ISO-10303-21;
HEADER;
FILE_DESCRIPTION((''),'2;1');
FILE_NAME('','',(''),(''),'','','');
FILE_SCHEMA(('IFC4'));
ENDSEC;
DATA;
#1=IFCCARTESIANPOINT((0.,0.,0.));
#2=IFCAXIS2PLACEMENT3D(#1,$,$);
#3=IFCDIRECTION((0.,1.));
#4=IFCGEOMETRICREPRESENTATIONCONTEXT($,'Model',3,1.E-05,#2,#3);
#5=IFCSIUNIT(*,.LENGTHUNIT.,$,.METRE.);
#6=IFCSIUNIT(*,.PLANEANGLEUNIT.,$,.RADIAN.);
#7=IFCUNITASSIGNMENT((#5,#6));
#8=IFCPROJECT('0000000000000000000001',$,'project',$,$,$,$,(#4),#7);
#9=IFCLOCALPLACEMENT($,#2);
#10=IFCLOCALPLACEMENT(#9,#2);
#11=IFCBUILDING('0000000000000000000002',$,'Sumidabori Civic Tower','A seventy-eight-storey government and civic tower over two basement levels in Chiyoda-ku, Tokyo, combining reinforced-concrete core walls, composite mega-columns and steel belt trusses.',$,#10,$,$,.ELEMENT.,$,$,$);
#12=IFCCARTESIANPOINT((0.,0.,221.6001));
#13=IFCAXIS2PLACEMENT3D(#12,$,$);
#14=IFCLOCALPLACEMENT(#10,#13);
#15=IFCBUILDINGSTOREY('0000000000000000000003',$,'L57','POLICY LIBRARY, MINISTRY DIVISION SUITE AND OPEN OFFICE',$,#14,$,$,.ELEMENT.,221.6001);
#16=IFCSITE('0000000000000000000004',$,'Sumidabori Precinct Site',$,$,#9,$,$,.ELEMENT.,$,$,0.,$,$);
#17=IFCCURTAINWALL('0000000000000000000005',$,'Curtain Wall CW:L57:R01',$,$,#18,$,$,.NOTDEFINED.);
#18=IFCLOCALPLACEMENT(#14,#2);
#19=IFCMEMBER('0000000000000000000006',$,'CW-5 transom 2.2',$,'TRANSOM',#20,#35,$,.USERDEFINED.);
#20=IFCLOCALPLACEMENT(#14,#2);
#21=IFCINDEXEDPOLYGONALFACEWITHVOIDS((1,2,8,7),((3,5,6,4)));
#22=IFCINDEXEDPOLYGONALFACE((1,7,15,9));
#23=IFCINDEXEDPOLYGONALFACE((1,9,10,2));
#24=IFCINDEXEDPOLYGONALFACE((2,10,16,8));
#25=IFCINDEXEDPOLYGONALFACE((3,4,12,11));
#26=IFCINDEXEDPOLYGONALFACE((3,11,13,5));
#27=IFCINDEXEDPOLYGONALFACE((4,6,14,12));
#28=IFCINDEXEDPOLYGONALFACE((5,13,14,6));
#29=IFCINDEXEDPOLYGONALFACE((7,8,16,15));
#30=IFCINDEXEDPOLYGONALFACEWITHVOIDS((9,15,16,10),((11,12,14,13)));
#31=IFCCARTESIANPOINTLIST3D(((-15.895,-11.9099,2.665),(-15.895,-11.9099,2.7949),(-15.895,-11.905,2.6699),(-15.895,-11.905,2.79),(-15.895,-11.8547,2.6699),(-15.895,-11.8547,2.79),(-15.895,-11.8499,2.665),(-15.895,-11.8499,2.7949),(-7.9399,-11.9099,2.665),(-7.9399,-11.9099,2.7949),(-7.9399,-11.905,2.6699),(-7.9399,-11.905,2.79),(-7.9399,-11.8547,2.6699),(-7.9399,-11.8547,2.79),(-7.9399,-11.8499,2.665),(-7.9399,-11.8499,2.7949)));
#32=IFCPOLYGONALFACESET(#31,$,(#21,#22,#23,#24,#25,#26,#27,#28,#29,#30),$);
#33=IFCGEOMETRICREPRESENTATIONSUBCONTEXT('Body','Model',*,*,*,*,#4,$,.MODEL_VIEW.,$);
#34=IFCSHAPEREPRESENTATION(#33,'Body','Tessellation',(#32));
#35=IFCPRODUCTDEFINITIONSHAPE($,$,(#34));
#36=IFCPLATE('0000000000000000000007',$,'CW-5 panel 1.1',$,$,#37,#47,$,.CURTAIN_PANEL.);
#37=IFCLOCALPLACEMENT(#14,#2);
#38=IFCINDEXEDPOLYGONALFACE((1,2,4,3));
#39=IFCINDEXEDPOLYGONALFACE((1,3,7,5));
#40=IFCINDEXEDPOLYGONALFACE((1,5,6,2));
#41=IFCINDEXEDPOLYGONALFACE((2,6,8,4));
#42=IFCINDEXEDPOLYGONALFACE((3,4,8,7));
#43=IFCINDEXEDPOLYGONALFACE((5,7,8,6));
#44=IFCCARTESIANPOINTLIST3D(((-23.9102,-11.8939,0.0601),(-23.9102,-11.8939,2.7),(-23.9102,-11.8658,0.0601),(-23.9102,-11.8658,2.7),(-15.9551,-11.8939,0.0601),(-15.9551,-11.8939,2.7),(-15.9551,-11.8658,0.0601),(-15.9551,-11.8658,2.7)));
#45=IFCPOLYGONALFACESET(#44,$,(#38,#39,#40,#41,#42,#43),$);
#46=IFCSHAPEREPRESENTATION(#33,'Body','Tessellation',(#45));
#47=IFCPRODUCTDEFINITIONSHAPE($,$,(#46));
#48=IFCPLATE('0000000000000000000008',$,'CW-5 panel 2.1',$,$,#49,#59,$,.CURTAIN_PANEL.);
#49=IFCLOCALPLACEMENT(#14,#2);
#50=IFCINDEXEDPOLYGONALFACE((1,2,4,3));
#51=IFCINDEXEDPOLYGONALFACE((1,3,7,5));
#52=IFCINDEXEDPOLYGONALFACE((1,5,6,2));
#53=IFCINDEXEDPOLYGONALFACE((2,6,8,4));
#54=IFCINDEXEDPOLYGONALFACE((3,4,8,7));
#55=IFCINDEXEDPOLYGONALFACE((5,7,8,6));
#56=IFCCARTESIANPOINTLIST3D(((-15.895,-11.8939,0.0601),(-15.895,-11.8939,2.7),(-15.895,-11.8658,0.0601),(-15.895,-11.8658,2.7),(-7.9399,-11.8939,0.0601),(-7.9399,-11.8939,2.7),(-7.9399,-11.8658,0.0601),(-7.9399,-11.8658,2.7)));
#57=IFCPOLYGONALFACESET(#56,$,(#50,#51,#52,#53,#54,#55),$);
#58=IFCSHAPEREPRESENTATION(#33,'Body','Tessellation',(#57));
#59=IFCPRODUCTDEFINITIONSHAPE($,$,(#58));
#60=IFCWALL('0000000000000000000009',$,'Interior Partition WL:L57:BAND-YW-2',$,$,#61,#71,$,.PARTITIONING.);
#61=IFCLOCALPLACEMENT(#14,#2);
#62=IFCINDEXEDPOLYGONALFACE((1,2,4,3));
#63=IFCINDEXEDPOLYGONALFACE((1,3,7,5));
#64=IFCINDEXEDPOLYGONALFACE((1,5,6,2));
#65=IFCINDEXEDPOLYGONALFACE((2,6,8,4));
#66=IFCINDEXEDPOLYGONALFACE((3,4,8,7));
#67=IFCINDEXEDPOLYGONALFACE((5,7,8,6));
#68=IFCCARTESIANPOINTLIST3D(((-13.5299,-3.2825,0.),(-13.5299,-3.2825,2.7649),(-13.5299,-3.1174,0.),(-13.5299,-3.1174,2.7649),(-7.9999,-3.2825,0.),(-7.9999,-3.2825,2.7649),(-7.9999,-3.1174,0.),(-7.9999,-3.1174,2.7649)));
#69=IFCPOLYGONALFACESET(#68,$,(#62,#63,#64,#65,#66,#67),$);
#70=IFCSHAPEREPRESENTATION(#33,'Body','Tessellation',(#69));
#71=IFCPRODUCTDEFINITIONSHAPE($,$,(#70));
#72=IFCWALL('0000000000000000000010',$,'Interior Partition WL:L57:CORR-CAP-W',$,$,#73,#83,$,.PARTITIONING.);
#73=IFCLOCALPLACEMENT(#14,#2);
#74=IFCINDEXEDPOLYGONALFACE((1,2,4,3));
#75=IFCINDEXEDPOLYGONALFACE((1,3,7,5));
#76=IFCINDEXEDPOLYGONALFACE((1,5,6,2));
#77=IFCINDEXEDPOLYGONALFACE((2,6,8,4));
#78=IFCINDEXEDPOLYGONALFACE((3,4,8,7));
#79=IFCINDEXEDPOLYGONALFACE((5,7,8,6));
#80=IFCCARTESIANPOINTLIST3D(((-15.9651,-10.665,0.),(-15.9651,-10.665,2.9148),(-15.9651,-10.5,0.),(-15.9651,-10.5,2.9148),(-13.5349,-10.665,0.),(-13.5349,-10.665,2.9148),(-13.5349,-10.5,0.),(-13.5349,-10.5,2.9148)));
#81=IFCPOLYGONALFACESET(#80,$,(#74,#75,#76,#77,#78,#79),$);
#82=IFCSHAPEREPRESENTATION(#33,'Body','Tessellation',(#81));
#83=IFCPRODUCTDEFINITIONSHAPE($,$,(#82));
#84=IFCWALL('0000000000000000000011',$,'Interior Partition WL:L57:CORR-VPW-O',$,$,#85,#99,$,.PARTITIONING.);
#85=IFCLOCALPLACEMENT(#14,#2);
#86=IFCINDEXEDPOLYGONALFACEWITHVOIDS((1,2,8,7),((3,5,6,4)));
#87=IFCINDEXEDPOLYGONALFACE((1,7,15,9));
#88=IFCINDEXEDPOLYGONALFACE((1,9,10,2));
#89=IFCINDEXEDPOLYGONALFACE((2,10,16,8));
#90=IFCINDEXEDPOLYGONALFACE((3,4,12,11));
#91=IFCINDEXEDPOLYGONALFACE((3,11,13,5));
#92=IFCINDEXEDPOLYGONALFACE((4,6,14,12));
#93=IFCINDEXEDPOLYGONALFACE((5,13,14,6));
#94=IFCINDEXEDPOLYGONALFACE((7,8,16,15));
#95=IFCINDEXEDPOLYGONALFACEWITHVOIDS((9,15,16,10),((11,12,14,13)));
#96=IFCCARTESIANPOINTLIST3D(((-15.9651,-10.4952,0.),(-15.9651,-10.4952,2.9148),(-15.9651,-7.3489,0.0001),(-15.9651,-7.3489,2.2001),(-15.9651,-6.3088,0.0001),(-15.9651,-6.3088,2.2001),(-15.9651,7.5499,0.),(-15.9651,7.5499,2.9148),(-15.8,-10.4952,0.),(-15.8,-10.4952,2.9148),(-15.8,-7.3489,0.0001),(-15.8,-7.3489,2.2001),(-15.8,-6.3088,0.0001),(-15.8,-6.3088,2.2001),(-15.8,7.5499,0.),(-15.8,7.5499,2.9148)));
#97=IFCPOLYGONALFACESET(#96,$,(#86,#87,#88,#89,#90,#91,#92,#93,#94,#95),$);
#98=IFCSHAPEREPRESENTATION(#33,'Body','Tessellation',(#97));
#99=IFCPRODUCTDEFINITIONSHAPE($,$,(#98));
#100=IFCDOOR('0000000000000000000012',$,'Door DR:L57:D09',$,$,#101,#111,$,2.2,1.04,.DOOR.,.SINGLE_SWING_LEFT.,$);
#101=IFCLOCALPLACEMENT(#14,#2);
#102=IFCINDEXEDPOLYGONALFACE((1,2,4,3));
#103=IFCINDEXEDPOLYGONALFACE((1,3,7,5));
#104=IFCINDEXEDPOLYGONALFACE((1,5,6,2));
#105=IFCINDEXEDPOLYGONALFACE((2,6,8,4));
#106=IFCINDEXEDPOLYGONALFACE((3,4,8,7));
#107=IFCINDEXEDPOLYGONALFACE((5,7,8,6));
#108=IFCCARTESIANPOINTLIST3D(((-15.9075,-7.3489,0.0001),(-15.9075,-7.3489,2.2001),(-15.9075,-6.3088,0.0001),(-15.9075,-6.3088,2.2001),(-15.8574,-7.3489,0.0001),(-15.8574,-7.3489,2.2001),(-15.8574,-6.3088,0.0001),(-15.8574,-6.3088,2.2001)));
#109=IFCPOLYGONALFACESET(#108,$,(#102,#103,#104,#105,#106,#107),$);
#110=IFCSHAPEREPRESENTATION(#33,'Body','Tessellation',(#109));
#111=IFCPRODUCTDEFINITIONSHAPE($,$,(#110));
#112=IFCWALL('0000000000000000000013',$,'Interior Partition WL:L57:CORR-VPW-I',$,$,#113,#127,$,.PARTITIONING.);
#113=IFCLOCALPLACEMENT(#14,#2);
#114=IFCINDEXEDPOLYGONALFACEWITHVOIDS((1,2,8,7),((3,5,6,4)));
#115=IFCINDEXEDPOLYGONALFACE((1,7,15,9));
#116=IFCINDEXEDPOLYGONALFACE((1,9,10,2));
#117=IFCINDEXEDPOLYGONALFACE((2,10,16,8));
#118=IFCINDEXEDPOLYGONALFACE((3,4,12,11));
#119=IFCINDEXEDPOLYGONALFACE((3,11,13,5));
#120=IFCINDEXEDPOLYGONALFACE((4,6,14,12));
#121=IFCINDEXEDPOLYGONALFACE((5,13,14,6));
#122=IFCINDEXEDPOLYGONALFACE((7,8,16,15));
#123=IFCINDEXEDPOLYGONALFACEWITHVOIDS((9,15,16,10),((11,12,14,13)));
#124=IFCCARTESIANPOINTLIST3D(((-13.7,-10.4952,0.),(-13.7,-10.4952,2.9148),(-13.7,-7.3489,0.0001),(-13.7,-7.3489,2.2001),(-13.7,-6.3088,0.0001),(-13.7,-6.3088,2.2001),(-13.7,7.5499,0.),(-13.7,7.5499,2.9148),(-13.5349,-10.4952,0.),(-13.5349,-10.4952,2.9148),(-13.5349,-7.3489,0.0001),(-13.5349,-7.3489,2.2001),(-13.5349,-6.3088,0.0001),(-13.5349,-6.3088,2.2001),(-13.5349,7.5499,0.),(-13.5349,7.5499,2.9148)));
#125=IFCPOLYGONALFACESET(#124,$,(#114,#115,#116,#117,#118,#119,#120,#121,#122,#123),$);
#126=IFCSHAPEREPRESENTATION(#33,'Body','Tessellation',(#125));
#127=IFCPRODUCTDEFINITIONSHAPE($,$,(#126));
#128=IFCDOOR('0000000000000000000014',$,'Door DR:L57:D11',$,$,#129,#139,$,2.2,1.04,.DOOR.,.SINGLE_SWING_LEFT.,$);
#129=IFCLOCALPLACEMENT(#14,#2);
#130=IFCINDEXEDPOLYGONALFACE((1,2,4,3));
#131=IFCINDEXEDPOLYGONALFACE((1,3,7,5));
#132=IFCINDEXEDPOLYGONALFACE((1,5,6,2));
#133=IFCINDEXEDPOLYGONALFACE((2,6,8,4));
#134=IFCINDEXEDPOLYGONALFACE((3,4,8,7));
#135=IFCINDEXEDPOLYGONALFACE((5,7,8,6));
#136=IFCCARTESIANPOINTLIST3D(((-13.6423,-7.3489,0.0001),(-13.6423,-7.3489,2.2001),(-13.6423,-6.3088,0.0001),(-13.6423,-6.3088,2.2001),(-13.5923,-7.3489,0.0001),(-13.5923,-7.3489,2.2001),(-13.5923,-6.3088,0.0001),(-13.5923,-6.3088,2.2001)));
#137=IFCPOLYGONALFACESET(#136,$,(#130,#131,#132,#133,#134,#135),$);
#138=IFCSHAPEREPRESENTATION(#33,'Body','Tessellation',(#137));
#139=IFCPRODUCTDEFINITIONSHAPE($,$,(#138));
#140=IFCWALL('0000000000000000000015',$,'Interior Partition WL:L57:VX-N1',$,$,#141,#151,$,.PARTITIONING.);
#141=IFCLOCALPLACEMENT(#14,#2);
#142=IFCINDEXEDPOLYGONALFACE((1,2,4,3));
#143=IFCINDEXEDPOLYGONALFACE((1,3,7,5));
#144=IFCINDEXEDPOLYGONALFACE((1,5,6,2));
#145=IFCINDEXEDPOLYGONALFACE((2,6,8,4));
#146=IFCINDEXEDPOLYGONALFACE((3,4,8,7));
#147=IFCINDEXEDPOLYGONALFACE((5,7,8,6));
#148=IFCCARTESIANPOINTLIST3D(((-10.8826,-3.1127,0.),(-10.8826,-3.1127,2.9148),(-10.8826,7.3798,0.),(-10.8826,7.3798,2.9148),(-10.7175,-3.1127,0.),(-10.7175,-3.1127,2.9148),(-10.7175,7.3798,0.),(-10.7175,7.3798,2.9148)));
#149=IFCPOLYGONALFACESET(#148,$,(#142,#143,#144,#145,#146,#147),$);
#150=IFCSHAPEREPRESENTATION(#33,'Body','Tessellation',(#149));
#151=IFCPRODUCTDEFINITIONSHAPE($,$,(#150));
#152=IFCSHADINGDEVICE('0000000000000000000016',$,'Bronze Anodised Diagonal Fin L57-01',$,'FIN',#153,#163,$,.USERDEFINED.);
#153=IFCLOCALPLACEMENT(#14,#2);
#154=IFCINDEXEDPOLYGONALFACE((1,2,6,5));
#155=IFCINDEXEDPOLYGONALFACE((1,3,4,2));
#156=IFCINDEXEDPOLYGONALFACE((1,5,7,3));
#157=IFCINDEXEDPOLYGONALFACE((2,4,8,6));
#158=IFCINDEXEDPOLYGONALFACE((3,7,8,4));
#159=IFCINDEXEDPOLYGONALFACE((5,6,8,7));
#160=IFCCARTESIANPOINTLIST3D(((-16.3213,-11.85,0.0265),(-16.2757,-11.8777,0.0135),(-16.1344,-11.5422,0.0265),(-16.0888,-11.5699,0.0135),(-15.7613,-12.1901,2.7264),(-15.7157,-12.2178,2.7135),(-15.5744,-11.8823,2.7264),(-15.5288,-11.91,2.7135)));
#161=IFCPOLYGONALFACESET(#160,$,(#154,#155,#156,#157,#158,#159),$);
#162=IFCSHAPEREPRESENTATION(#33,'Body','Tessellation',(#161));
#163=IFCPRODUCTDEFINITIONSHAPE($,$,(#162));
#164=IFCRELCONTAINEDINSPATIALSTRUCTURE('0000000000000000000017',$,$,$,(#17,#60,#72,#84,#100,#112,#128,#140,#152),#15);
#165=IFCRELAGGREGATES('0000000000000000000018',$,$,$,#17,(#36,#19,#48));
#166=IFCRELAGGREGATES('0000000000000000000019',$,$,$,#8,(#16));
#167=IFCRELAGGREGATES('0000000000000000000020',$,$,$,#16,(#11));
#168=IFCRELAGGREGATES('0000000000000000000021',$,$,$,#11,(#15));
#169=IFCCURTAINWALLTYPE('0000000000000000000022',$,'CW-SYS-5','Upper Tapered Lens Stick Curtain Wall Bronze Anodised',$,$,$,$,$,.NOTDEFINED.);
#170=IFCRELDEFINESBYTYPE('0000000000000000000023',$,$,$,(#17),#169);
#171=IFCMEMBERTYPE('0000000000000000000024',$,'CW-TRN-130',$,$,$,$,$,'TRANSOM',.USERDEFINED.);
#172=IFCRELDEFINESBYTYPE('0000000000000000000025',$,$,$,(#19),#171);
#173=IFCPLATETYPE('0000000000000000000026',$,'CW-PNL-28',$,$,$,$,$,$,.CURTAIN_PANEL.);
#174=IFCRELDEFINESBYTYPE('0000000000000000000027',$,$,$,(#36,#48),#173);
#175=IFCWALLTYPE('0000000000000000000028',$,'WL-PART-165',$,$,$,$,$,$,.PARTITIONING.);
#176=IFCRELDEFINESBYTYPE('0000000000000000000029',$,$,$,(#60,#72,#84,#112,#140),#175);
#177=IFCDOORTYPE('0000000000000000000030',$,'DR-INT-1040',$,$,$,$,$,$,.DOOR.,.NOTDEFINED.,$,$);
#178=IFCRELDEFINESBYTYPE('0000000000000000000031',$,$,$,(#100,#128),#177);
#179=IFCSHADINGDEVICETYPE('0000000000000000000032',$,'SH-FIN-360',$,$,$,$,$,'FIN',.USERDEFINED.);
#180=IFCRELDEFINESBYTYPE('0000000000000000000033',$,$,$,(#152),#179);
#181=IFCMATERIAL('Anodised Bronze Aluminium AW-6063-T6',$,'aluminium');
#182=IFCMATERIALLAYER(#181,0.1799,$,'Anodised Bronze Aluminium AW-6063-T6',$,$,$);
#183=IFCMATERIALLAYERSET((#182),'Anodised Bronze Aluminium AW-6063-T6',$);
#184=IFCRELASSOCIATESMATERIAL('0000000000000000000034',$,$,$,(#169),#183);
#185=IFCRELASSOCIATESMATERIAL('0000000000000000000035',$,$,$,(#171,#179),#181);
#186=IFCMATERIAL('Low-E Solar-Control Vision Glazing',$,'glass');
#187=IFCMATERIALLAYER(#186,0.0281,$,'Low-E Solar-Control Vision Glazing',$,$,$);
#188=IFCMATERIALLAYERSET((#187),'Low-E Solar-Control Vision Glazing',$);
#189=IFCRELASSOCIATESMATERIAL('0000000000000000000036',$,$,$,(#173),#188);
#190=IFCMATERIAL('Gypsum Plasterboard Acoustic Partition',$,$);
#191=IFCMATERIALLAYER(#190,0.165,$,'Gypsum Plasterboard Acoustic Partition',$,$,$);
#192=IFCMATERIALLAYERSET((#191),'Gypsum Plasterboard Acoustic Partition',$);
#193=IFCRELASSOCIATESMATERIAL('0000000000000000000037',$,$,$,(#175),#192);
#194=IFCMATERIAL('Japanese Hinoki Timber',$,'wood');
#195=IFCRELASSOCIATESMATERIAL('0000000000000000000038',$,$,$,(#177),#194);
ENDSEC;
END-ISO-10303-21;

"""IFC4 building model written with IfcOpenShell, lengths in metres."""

from ifc_helpers import new_model, si_unit, direction, frame, frame_2d, origin, origin_2d, place, context, subcontext, project, spatial, rectangle, hollow_rectangle, extrude, source, transform, mapped, material, layer, layer_set, material_profile, profile_set, type_object, element, fill, aggregate, save


model = new_model("IFC4")

# Units and contexts
model_context = context("Model", 3, precision=1e-05, world=origin(), true_north=direction((0.0, 1.0)))
body_context = subcontext(model_context, "Body", "Model", "MODEL_VIEW")
ifc_project = project(units=[si_unit("LENGTHUNIT", "METRE"), si_unit("PLANEANGLEUNIT", "RADIAN")], contexts=[model_context])

# Site, building, storey
site_placement = place(None, origin())
site = spatial("IfcSite", under=ifc_project, at=site_placement, Name="Sumidabori Precinct Site", CompositionType="ELEMENT", RefElevation=0.0)
building_placement = place(site_placement, origin())
building = spatial("IfcBuilding", under=site, at=building_placement, Name="Sumidabori Civic Tower", Description="A seventy-eight-storey government and civic tower over two basement levels in Chiyoda-ku, Tokyo, combining reinforced-concrete core walls, composite mega-columns and steel belt trusses.", CompositionType="ELEMENT")
storey_placement = place(building_placement, frame((0.0, 0.0, 221.6001)))
storey = spatial("IfcBuildingStorey", under=building, at=storey_placement, Name="L57", Description="POLICY LIBRARY, MINISTRY DIVISION SUITE AND OPEN OFFICE", CompositionType="ELEMENT", Elevation=221.6001)

# Curtain wall, member, plates
ifc_material_1 = material(Name="Anodised Bronze Aluminium AW-6063-T6", Category="aluminium")
ifc_layer_1 = layer(ifc_material_1, 0.1799, Name="Anodised Bronze Aluminium AW-6063-T6")
ifc_layer_set_1 = layer_set([ifc_layer_1], Name="Anodised Bronze Aluminium AW-6063-T6")
curtain_wall_type = type_object("IfcCurtainWallType", Name="CW-SYS-5", Description="Upper Tapered Lens Stick Curtain Wall Bronze Anodised", PredefinedType="NOTDEFINED", material=ifc_layer_set_1)
curtain_wall_placement = place(storey_placement, origin())
curtain_wall = element("IfcCurtainWall", 1, at=curtain_wall_placement, inside=storey, type_object=curtain_wall_type, Name="Curtain Wall CW:L57:R01", PredefinedType="NOTDEFINED")
ifc_material_profile_1 = material_profile(ifc_material_1, hollow_rectangle(XDim=0.0601, YDim=0.1299, WallThickness=0.0049, at=origin_2d()), Name="ALU TRANSOM 130x60")
ifc_profile_set_1 = profile_set([ifc_material_profile_1], Name="Anodised Bronze Aluminium AW-6063-T6")
member_type_1 = type_object("IfcMemberType", Name="CW-TRN-130", ElementType="TRANSOM", PredefinedType="USERDEFINED", material=ifc_profile_set_1)
shared_shape_1 = source(origin(), body_context, "Body", "SweptSolid", [
    extrude(hollow_rectangle(XDim=0.0601, YDim=0.1299, WallThickness=0.0049, at=origin_2d()), origin(), (0.0, 0.0, 1.0), 7.9551),
])
member_1_placement = place(storey_placement, frame((-15.895, -11.8799, 2.73), z_axis=(1.0, 0.0, 0.0), x_axis=(0.0, 1.0, 0.0)))
member_1 = element("IfcMember", 2, at=member_1_placement, type_object=member_type_1, Name="CW-5 transom 2.2", ObjectType="TRANSOM", PredefinedType="USERDEFINED", context=body_context, shape_type="MappedRepresentation", body=[
    mapped(shared_shape_1, transform((0.0, 0.0, 0.0), x_axis=(1.0, 0.0, 0.0), y_axis=(0.0, 1.0, 0.0), z_axis=(0.0, 0.0, 1.0), scale=1.0)),
])
ifc_material_2 = material(Name="Low-E Solar-Control Vision Glazing", Category="glass")
ifc_layer_2 = layer(ifc_material_2, 0.0281, Name="Low-E Solar-Control Vision Glazing")
ifc_layer_set_2 = layer_set([ifc_layer_2], Name="Low-E Solar-Control Vision Glazing")
plate_type = type_object("IfcPlateType", Name="CW-PNL-28", PredefinedType="CURTAIN_PANEL", material=ifc_layer_set_2)
shared_shape_2 = source(origin(), body_context, "Body", "SweptSolid", [
    extrude(rectangle(XDim=7.9551, YDim=0.0281, at=origin_2d()), origin(), (0.0, 0.0, 1.0), 2.6399),
])
plate_1_placement = place(storey_placement, frame((-19.9326, -11.8799, 0.0601), z_axis=(0.0, 0.0, 1.0), x_axis=(1.0, 0.0, 0.0)))
plate_1 = element("IfcPlate", 3, at=plate_1_placement, type_object=plate_type, Name="CW-5 panel 1.1", PredefinedType="CURTAIN_PANEL", context=body_context, shape_type="MappedRepresentation", body=[
    mapped(shared_shape_2, transform((0.0, 0.0, 0.0), x_axis=(1.0, 0.0, 0.0), y_axis=(0.0, 1.0, 0.0), z_axis=(0.0, 0.0, 1.0), scale=1.0)),
])
plate_2_placement = place(storey_placement, frame((-11.9175, -11.8799, 0.0601), z_axis=(0.0, 0.0, 1.0), x_axis=(1.0, 0.0, 0.0)))
plate_2 = element("IfcPlate", 4, at=plate_2_placement, type_object=plate_type, Name="CW-5 panel 2.1", PredefinedType="CURTAIN_PANEL", context=body_context, shape_type="MappedRepresentation", body=[
    mapped(shared_shape_2, transform((0.0, 0.0, 0.0), x_axis=(1.0, 0.0, 0.0), y_axis=(0.0, 1.0, 0.0), z_axis=(0.0, 0.0, 1.0), scale=1.0)),
])
aggregate(curtain_wall, [plate_1, member_1, plate_2])

# Walls
ifc_material_3 = material(Name="Gypsum Plasterboard Acoustic Partition")
ifc_layer_3 = layer(ifc_material_3, 0.165, Name="Gypsum Plasterboard Acoustic Partition")
ifc_layer_set_3 = layer_set([ifc_layer_3], Name="Gypsum Plasterboard Acoustic Partition")
wall_type = type_object("IfcWallType", Name="WL-PART-165", PredefinedType="PARTITIONING", material=ifc_layer_set_3)
shared_shape_3 = source(origin(), body_context, "Body", "SweptSolid", [
    extrude(rectangle(XDim=5.53, YDim=0.165, at=frame_2d((2.7651, 0.0))), origin(), (0.0, 0.0, 1.0), 2.7649),
])
wall_1_placement = place(storey_placement, frame((-13.53, -3.2, 0.0), z_axis=(0.0, 0.0, 1.0), x_axis=(1.0, 0.0, 0.0)))
element("IfcWall", 5, at=wall_1_placement, inside=storey, type_object=wall_type, Name="Interior Partition WL:L57:BAND-YW-2", PredefinedType="PARTITIONING", context=body_context, shape_type="MappedRepresentation", body=[
    mapped(shared_shape_3, transform((0.0, 0.0, 0.0), x_axis=(1.0, 0.0, 0.0), y_axis=(0.0, 1.0, 0.0), z_axis=(0.0, 0.0, 1.0), scale=1.0)),
])
shared_shape_4 = source(origin(), body_context, "Body", "SweptSolid", [
    extrude(rectangle(XDim=2.4302, YDim=0.165, at=frame_2d((1.2151, 0.0))), origin(), (0.0, 0.0, 1.0), 2.9148),
])
wall_2_placement = place(storey_placement, frame((-15.9651, -10.5825, 0.0), z_axis=(0.0, 0.0, 1.0), x_axis=(1.0, 0.0, 0.0)))
element("IfcWall", 6, at=wall_2_placement, inside=storey, type_object=wall_type, Name="Interior Partition WL:L57:CORR-CAP-W", PredefinedType="PARTITIONING", context=body_context, shape_type="MappedRepresentation", body=[
    mapped(shared_shape_4, transform((0.0, 0.0, 0.0), x_axis=(1.0, 0.0, 0.0), y_axis=(0.0, 1.0, 0.0), z_axis=(0.0, 0.0, 1.0), scale=1.0)),
])

# Walls, openings, doors
shared_shape_5 = source(origin(), body_context, "Body", "SweptSolid", [
    extrude(rectangle(XDim=18.0452, YDim=0.165, at=frame_2d((9.0225, 0.0))), origin(), (0.0, 0.0, 1.0), 2.9148),
])
wall_3_placement = place(storey_placement, frame((-15.8826, -10.4951, 0.0), z_axis=(0.0, 0.0, 1.0), x_axis=(0.0, 1.0, 0.0)))
wall_3 = element("IfcWall", 7, at=wall_3_placement, inside=storey, type_object=wall_type, Name="Interior Partition WL:L57:CORR-VPW-O", PredefinedType="PARTITIONING", context=body_context, shape_type="MappedRepresentation", body=[
    mapped(shared_shape_5, transform((0.0, 0.0, 0.0), x_axis=(1.0, 0.0, 0.0), y_axis=(0.0, 1.0, 0.0), z_axis=(0.0, 0.0, 1.0), scale=1.0)),
])
opening_1_placement = place(wall_3_placement, frame((3.1462, 0.0, 0.0)))
opening_1 = element("IfcOpeningElement", 8, at=opening_1_placement, cuts=wall_3, PredefinedType="OPENING", context=body_context, shape_type="SweptSolid", body=[
    extrude(rectangle(XDim=1.04, YDim=2.2, at=frame_2d((0.52, 1.1001))), frame((0.0, 0.0945, 0.0), z_axis=(0.0, -1.0, 0.0), x_axis=(1.0, 0.0, 0.0)), (0.0, 0.0, 1.0), 0.189),
])
ifc_material_4 = material(Name="Japanese Hinoki Timber", Category="wood")
door_type = type_object("IfcDoorType", Name="DR-INT-1040", OperationType="NOTDEFINED", PredefinedType="DOOR", material=ifc_material_4)
shared_shape_6 = source(origin(), body_context, "Body", "SweptSolid", [
    extrude(rectangle(XDim=1.04, YDim=2.2, at=frame_2d((0.52, 1.1001))), frame((0.0, 0.0249, 0.0), z_axis=(0.0, -1.0, 0.0), x_axis=(1.0, 0.0, 0.0)), (0.0, 0.0, 1.0), 0.05),
])
door_1_placement = place(opening_1_placement, origin())
door_1 = element("IfcDoor", 9, at=door_1_placement, inside=storey, type_object=door_type, Name="Door DR:L57:D09", OperationType="SINGLE_SWING_LEFT", OverallHeight=2.2, OverallWidth=1.04, PredefinedType="DOOR", context=body_context, shape_type="MappedRepresentation", body=[
    mapped(shared_shape_6, transform((0.0, 0.0, 0.0), x_axis=(1.0, 0.0, 0.0), y_axis=(0.0, 1.0, 0.0), z_axis=(0.0, 0.0, 1.0), scale=1.0)),
])
fill(opening_1, door_1)
wall_4_placement = place(storey_placement, frame((-13.6174, -10.4951, 0.0), z_axis=(0.0, 0.0, 1.0), x_axis=(0.0, 1.0, 0.0)))
wall_4 = element("IfcWall", 10, at=wall_4_placement, inside=storey, type_object=wall_type, Name="Interior Partition WL:L57:CORR-VPW-I", PredefinedType="PARTITIONING", context=body_context, shape_type="MappedRepresentation", body=[
    mapped(shared_shape_5, transform((0.0, 0.0, 0.0), x_axis=(1.0, 0.0, 0.0), y_axis=(0.0, 1.0, 0.0), z_axis=(0.0, 0.0, 1.0), scale=1.0)),
])
opening_2_placement = place(wall_4_placement, frame((3.1462, 0.0, 0.0)))
opening_2 = element("IfcOpeningElement", 11, at=opening_2_placement, cuts=wall_4, PredefinedType="OPENING", context=body_context, shape_type="SweptSolid", body=[
    extrude(rectangle(XDim=1.04, YDim=2.2, at=frame_2d((0.52, 1.1001))), frame((0.0, 0.0945, 0.0), z_axis=(0.0, -1.0, 0.0), x_axis=(1.0, 0.0, 0.0)), (0.0, 0.0, 1.0), 0.189),
])
door_2_placement = place(opening_2_placement, origin())
door_2 = element("IfcDoor", 12, at=door_2_placement, inside=storey, type_object=door_type, Name="Door DR:L57:D11", OperationType="SINGLE_SWING_LEFT", OverallHeight=2.2, OverallWidth=1.04, PredefinedType="DOOR", context=body_context, shape_type="MappedRepresentation", body=[
    mapped(shared_shape_6, transform((0.0, 0.0, 0.0), x_axis=(1.0, 0.0, 0.0), y_axis=(0.0, 1.0, 0.0), z_axis=(0.0, 0.0, 1.0), scale=1.0)),
])
fill(opening_2, door_2)

# Wall
shared_shape_7 = source(origin(), body_context, "Body", "SweptSolid", [
    extrude(rectangle(XDim=10.4924, YDim=0.165, at=frame_2d((5.2461, 0.0))), origin(), (0.0, 0.0, 1.0), 2.9148),
])
wall_5_placement = place(storey_placement, frame((-10.8, -3.1125, 0.0), z_axis=(0.0, 0.0, 1.0), x_axis=(0.0, 1.0, 0.0)))
element("IfcWall", 13, at=wall_5_placement, inside=storey, type_object=wall_type, Name="Interior Partition WL:L57:VX-N1", PredefinedType="PARTITIONING", context=body_context, shape_type="MappedRepresentation", body=[
    mapped(shared_shape_7, transform((0.0, 0.0, 0.0), x_axis=(1.0, 0.0, 0.0), y_axis=(0.0, 1.0, 0.0), z_axis=(0.0, 0.0, 1.0), scale=1.0)),
])

# Shading device
ifc_material_profile_2 = material_profile(ifc_material_1, rectangle(XDim=0.0549, YDim=0.3601, at=origin_2d()), Name="BRONZE FIN 360x55")
ifc_profile_set_2 = profile_set([ifc_material_profile_2], Name="Anodised Bronze Aluminium AW-6063-T6")
shading_device_type = type_object("IfcShadingDeviceType", Name="SH-FIN-360", ElementType="FIN", PredefinedType="USERDEFINED", material=ifc_profile_set_2)
shared_shape_8 = source(origin(), body_context, "Body", "SweptSolid", [
    extrude(rectangle(XDim=0.0549, YDim=0.3601, at=origin_2d()), origin(), (0.0, 0.0, 1.0), 2.7783),
])
shading_device_placement = place(storey_placement, frame((-16.2051, -11.71, 0.02), z_axis=(0.201582, -0.122408, 0.971793), x_axis=(0.830642, -0.504396, -0.235837)))
element("IfcShadingDevice", 14, at=shading_device_placement, inside=storey, type_object=shading_device_type, Name="Bronze Anodised Diagonal Fin L57-01", ObjectType="FIN", PredefinedType="USERDEFINED", context=body_context, shape_type="MappedRepresentation", body=[
    mapped(shared_shape_8, transform((0.0, 0.0, 0.0), x_axis=(1.0, 0.0, 0.0), y_axis=(0.0, 1.0, 0.0), z_axis=(0.0, 0.0, 1.0), scale=1.0)),
])

save(model, "model.ifc")
